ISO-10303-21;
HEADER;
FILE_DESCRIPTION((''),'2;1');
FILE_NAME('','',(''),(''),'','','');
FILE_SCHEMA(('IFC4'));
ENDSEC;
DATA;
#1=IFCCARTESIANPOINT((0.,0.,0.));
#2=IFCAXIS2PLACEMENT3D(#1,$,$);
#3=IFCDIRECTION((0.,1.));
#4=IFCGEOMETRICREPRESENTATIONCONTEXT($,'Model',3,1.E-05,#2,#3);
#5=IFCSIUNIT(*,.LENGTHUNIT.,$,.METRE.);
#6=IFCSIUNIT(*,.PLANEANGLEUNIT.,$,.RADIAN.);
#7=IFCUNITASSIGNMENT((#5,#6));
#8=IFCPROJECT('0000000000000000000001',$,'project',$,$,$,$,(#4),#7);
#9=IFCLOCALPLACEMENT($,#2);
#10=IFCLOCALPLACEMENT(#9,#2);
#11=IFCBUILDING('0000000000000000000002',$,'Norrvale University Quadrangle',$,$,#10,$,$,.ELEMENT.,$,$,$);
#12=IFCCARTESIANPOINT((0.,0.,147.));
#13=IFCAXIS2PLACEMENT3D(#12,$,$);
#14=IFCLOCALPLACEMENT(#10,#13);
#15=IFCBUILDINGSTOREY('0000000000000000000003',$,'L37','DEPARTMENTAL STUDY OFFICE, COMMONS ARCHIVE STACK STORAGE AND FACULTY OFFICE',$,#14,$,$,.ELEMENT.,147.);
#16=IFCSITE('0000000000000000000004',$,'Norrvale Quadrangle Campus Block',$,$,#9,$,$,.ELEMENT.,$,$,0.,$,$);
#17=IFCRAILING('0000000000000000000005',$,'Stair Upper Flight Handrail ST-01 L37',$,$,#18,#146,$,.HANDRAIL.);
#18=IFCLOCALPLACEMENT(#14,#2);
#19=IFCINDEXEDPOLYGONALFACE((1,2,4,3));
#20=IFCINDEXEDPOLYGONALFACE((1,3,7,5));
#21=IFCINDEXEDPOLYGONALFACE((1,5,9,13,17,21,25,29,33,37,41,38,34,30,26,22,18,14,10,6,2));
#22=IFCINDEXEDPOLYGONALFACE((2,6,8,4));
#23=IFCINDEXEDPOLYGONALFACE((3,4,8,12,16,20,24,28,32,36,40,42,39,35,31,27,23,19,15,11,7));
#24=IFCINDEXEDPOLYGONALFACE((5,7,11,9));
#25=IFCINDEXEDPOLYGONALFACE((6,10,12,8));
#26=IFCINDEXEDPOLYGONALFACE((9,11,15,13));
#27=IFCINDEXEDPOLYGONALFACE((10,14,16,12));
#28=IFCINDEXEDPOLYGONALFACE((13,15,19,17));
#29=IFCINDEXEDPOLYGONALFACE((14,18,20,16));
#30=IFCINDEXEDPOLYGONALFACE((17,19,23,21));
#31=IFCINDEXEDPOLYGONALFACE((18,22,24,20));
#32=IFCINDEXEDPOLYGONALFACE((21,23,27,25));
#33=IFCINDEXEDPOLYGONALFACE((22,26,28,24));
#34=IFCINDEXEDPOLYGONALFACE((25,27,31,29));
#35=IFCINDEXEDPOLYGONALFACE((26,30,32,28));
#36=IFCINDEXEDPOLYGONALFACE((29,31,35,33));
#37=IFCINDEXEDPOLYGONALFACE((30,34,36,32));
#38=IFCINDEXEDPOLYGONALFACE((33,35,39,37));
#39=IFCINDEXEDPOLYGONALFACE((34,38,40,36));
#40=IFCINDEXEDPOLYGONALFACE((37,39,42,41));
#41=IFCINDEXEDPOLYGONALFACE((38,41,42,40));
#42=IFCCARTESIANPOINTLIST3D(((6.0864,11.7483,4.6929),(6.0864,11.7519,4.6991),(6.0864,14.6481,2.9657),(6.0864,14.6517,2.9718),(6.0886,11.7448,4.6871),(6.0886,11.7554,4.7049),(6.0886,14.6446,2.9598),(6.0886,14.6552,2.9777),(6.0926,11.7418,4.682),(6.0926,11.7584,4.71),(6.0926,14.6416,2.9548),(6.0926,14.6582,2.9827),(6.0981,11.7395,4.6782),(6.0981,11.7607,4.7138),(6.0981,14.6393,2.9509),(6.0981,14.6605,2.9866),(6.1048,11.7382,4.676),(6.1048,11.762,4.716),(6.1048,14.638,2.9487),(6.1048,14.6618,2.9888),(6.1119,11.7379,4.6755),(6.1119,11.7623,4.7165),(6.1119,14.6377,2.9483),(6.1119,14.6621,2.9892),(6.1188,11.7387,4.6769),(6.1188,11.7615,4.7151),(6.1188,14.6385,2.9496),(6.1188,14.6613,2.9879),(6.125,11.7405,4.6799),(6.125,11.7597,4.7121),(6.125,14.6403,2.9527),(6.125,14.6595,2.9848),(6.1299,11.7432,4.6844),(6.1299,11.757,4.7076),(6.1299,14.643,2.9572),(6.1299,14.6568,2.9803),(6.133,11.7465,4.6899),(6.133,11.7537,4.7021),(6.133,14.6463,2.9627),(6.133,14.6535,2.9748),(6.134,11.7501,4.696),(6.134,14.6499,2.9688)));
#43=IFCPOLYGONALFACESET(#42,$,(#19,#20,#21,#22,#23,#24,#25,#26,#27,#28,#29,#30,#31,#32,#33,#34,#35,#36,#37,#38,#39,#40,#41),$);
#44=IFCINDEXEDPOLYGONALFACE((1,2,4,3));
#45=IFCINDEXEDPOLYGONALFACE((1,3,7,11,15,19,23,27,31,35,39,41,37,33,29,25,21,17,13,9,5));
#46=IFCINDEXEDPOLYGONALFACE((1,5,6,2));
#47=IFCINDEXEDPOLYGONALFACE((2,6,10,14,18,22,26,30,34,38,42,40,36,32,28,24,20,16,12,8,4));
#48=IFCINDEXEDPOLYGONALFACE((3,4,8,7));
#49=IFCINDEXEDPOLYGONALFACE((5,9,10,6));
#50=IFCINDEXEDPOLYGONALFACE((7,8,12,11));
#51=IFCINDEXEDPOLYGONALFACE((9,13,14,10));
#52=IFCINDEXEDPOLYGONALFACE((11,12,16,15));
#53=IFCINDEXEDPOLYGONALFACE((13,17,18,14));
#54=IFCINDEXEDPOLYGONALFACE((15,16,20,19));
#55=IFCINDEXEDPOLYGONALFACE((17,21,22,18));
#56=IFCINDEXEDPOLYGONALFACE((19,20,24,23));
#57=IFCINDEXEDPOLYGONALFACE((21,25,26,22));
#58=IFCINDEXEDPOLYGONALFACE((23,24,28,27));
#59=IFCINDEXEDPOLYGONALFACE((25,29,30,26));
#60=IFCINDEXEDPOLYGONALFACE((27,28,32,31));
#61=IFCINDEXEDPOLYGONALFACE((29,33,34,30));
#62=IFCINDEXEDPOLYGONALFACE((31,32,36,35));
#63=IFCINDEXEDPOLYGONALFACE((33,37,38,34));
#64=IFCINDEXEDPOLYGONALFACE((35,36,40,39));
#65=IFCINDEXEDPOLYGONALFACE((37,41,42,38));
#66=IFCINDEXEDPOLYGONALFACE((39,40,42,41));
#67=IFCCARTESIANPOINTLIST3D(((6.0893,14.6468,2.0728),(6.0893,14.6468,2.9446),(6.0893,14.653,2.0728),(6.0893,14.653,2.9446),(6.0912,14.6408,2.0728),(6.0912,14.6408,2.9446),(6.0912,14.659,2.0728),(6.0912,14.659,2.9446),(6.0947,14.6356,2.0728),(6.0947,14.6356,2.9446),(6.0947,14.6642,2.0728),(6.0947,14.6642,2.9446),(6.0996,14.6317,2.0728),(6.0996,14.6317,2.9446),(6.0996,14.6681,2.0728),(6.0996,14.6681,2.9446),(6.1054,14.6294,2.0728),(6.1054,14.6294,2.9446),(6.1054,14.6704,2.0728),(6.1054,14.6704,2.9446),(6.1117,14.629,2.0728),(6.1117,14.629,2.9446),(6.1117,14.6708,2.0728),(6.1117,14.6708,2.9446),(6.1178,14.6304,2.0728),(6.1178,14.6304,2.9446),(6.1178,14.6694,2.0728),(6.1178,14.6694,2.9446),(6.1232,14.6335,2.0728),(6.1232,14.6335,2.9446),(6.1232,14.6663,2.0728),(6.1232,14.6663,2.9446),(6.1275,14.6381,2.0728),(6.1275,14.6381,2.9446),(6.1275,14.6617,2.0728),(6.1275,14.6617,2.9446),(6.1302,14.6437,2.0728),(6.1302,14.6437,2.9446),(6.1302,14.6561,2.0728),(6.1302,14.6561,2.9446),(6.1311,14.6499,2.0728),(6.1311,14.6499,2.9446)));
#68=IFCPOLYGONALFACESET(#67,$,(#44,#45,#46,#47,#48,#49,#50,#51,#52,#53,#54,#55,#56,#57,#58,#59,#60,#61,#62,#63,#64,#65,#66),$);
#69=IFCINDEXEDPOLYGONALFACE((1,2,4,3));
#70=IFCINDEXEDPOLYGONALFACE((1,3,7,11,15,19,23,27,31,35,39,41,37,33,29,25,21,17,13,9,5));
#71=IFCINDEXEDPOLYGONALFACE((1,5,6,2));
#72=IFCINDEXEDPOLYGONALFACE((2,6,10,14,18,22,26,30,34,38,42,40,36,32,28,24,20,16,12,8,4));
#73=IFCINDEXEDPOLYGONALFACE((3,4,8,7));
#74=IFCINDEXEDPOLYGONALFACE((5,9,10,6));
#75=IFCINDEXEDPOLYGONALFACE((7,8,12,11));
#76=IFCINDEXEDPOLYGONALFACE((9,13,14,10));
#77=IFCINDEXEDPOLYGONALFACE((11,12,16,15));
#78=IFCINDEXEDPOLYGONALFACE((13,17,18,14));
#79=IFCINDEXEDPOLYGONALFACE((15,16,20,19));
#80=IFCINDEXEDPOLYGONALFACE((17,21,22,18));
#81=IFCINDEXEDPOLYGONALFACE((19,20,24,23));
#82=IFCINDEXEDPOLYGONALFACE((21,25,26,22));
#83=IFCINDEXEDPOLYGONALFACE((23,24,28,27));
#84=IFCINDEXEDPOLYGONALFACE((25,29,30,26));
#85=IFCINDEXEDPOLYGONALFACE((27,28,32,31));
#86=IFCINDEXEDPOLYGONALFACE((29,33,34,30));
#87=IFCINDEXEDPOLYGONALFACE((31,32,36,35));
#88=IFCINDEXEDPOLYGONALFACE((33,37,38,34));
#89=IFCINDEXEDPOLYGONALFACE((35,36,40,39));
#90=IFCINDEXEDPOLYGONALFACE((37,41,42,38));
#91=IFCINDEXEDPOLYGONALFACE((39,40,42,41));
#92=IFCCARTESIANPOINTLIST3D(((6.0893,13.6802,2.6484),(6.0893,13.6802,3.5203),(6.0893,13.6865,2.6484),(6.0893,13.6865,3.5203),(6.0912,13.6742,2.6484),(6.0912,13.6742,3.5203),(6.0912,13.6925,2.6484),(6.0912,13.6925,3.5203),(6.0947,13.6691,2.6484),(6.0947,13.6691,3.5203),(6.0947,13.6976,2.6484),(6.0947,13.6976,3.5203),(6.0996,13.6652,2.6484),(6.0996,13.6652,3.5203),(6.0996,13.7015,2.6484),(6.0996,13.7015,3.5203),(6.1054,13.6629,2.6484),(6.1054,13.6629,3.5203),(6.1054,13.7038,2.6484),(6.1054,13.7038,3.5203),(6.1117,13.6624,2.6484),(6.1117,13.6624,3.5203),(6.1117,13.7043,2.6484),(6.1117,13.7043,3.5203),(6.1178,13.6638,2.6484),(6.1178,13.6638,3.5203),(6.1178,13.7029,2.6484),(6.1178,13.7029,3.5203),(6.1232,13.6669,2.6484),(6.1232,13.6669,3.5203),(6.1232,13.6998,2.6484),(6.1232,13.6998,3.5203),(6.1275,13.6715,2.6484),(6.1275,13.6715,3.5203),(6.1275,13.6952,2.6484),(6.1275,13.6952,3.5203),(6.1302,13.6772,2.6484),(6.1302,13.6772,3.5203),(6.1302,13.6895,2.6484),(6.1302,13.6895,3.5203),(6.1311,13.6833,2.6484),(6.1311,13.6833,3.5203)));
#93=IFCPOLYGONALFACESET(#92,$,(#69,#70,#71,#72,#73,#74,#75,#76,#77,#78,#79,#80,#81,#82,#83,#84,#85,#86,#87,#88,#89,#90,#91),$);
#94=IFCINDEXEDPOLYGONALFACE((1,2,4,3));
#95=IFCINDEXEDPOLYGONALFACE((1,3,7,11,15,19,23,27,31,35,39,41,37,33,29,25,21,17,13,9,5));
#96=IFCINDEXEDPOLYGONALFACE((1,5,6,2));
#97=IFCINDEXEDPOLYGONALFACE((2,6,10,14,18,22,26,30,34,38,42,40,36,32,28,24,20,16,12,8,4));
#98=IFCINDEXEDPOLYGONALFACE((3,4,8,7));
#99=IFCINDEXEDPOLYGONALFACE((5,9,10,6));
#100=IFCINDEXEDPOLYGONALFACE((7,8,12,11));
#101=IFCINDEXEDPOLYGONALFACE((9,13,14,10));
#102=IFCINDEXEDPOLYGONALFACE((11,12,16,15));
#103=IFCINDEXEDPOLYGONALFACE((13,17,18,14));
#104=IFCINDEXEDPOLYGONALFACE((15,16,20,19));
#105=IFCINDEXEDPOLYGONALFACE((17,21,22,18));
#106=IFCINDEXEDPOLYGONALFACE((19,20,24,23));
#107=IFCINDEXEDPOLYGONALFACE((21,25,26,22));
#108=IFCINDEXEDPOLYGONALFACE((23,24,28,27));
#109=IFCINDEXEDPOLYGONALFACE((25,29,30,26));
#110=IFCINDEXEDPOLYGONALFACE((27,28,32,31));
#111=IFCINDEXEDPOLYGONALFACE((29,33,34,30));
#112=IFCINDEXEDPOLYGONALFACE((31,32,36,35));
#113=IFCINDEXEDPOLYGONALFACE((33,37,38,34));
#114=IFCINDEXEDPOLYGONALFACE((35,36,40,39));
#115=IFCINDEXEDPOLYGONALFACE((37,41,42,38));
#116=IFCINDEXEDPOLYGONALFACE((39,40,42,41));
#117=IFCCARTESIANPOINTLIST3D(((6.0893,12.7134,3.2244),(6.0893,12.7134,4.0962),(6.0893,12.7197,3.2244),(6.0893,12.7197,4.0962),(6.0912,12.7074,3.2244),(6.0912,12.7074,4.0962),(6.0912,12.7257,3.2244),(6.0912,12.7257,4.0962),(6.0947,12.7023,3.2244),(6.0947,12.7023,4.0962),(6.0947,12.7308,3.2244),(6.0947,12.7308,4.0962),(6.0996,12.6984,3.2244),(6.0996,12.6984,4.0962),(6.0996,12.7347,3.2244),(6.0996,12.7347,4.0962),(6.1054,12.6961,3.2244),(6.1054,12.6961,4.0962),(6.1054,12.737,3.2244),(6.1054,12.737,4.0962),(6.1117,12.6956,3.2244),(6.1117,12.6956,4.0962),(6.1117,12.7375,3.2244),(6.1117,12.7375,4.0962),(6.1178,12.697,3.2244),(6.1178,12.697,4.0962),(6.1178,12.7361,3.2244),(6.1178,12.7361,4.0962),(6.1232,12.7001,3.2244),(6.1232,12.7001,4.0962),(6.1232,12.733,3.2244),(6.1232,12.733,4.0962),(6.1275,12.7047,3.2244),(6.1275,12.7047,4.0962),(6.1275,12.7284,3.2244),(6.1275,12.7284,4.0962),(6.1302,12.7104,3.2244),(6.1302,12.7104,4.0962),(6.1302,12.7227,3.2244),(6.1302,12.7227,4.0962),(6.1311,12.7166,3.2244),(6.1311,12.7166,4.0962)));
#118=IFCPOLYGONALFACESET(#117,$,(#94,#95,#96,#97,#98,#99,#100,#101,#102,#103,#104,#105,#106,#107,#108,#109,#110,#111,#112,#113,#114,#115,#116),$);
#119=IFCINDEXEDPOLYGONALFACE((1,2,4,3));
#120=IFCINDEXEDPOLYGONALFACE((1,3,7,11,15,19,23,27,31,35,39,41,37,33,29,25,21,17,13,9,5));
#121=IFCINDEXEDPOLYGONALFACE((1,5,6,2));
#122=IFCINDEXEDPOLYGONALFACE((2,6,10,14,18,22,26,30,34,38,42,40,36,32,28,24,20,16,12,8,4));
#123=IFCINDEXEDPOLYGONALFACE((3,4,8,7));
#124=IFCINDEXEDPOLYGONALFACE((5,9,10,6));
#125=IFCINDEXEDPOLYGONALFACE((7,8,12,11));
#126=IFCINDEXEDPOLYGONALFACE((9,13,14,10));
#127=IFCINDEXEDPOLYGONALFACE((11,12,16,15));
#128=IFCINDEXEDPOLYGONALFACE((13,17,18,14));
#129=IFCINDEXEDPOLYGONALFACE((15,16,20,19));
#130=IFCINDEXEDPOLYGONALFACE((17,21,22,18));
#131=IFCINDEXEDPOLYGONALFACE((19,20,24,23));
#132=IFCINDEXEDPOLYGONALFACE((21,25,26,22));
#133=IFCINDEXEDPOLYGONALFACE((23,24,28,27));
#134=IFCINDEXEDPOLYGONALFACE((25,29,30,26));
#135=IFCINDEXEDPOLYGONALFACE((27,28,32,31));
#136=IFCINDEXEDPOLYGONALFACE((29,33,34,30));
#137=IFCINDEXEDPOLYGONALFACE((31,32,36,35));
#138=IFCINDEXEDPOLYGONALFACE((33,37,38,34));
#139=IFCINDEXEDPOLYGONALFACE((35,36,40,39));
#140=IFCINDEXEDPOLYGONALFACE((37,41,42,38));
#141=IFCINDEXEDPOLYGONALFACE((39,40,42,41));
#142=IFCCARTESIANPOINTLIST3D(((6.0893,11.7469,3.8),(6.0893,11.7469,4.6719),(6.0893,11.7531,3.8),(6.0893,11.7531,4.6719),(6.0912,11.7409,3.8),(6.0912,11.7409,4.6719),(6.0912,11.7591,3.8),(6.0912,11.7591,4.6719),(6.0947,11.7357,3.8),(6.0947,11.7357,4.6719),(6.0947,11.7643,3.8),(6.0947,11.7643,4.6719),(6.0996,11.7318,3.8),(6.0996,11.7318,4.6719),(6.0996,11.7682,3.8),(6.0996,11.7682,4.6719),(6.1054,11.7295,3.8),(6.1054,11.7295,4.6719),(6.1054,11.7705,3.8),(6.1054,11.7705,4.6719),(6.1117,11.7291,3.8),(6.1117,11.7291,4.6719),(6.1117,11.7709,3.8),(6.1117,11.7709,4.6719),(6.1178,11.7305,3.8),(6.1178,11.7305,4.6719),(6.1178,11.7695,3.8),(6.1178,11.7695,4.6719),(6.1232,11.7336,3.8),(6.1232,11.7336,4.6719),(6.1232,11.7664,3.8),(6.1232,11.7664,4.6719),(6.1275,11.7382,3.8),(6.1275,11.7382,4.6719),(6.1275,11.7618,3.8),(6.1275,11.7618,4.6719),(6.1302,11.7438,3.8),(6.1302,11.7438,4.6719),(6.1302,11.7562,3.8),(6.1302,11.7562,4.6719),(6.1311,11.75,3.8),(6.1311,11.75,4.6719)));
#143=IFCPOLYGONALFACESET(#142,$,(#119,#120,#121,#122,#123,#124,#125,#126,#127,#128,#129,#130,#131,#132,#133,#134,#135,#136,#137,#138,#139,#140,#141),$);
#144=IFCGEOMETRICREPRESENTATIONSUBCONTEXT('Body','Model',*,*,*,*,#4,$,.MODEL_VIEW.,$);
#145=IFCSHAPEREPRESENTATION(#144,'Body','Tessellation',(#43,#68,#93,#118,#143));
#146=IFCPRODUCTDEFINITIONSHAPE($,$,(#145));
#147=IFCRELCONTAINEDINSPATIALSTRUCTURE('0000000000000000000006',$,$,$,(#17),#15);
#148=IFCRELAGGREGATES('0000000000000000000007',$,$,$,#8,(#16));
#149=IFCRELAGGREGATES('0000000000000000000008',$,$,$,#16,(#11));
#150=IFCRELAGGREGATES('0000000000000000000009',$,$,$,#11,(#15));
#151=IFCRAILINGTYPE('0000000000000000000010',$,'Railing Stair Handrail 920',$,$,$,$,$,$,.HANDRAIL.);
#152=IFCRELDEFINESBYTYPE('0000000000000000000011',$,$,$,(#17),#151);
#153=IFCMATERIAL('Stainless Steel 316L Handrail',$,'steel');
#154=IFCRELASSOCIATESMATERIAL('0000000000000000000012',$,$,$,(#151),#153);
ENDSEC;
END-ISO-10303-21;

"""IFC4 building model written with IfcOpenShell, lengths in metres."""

from ifc_helpers import new_model, si_unit, direction, frame, origin, origin_2d, place, context, subcontext, project, spatial, circle, extrude, material, type_object, element, save


model = new_model("IFC4")

# Units and contexts
model_context = context("Model", 3, precision=1e-05, world=origin(), true_north=direction((0.0, 1.0)))
body_context = subcontext(model_context, "Body", "Model", "MODEL_VIEW")
ifc_project = project(units=[si_unit("LENGTHUNIT", "METRE"), si_unit("PLANEANGLEUNIT", "RADIAN")], contexts=[model_context])

# Site, building, storey
site_placement = place(None, origin())
site = spatial("IfcSite", under=ifc_project, at=site_placement, Name="Norrvale Quadrangle Campus Block", CompositionType="ELEMENT", RefElevation=0.0)
building_placement = place(site_placement, origin())
building = spatial("IfcBuilding", under=site, at=building_placement, Name="Norrvale University Quadrangle", CompositionType="ELEMENT")
storey_placement = place(building_placement, frame((0.0, 0.0, 147.0)))
storey = spatial("IfcBuildingStorey", under=building, at=storey_placement, Name="L37", Description="DEPARTMENTAL STUDY OFFICE, COMMONS ARCHIVE STACK STORAGE AND FACULTY OFFICE", CompositionType="ELEMENT", Elevation=147.0)

# Railing
ifc_material_1 = material(Name="Stainless Steel 316L Handrail", Category="steel")
railing_type_1 = type_object("IfcRailingType", Name="Railing Stair Handrail 920", PredefinedType="HANDRAIL", material=ifc_material_1)
railing_1_placement = place(storey_placement, frame((6.1101, 14.6499, 2.0728)))
element("IfcRailing", 1, at=railing_1_placement, inside=storey, type_object=railing_type_1, Name="Stair Upper Flight Handrail ST-01 L37", PredefinedType="HANDRAIL", context=body_context, shape_type="SweptSolid", body=[
    extrude(circle(Radius=0.0239, at=origin_2d()), frame((0.0, 0.0, 0.896), z_axis=(0.0, -0.859141, 0.511738), x_axis=(1.0, 0.0, 0.0)), (0.0, 0.0, 1.0), 3.3752),
    extrude(circle(Radius=0.021, at=origin_2d()), origin(), (0.0, 0.0, 1.0), 0.8718),
    extrude(circle(Radius=0.021, at=origin_2d()), frame((0.0, -0.9666, 0.5757)), (0.0, 0.0, 1.0), 0.8718),
    extrude(circle(Radius=0.021, at=origin_2d()), frame((0.0, -1.9333, 1.1516)), (0.0, 0.0, 1.0), 0.8718),
    extrude(circle(Radius=0.021, at=origin_2d()), frame((0.0, -2.8999, 1.7273)), (0.0, 0.0, 1.0), 0.8718),
])

save(model, "model.ifc")
